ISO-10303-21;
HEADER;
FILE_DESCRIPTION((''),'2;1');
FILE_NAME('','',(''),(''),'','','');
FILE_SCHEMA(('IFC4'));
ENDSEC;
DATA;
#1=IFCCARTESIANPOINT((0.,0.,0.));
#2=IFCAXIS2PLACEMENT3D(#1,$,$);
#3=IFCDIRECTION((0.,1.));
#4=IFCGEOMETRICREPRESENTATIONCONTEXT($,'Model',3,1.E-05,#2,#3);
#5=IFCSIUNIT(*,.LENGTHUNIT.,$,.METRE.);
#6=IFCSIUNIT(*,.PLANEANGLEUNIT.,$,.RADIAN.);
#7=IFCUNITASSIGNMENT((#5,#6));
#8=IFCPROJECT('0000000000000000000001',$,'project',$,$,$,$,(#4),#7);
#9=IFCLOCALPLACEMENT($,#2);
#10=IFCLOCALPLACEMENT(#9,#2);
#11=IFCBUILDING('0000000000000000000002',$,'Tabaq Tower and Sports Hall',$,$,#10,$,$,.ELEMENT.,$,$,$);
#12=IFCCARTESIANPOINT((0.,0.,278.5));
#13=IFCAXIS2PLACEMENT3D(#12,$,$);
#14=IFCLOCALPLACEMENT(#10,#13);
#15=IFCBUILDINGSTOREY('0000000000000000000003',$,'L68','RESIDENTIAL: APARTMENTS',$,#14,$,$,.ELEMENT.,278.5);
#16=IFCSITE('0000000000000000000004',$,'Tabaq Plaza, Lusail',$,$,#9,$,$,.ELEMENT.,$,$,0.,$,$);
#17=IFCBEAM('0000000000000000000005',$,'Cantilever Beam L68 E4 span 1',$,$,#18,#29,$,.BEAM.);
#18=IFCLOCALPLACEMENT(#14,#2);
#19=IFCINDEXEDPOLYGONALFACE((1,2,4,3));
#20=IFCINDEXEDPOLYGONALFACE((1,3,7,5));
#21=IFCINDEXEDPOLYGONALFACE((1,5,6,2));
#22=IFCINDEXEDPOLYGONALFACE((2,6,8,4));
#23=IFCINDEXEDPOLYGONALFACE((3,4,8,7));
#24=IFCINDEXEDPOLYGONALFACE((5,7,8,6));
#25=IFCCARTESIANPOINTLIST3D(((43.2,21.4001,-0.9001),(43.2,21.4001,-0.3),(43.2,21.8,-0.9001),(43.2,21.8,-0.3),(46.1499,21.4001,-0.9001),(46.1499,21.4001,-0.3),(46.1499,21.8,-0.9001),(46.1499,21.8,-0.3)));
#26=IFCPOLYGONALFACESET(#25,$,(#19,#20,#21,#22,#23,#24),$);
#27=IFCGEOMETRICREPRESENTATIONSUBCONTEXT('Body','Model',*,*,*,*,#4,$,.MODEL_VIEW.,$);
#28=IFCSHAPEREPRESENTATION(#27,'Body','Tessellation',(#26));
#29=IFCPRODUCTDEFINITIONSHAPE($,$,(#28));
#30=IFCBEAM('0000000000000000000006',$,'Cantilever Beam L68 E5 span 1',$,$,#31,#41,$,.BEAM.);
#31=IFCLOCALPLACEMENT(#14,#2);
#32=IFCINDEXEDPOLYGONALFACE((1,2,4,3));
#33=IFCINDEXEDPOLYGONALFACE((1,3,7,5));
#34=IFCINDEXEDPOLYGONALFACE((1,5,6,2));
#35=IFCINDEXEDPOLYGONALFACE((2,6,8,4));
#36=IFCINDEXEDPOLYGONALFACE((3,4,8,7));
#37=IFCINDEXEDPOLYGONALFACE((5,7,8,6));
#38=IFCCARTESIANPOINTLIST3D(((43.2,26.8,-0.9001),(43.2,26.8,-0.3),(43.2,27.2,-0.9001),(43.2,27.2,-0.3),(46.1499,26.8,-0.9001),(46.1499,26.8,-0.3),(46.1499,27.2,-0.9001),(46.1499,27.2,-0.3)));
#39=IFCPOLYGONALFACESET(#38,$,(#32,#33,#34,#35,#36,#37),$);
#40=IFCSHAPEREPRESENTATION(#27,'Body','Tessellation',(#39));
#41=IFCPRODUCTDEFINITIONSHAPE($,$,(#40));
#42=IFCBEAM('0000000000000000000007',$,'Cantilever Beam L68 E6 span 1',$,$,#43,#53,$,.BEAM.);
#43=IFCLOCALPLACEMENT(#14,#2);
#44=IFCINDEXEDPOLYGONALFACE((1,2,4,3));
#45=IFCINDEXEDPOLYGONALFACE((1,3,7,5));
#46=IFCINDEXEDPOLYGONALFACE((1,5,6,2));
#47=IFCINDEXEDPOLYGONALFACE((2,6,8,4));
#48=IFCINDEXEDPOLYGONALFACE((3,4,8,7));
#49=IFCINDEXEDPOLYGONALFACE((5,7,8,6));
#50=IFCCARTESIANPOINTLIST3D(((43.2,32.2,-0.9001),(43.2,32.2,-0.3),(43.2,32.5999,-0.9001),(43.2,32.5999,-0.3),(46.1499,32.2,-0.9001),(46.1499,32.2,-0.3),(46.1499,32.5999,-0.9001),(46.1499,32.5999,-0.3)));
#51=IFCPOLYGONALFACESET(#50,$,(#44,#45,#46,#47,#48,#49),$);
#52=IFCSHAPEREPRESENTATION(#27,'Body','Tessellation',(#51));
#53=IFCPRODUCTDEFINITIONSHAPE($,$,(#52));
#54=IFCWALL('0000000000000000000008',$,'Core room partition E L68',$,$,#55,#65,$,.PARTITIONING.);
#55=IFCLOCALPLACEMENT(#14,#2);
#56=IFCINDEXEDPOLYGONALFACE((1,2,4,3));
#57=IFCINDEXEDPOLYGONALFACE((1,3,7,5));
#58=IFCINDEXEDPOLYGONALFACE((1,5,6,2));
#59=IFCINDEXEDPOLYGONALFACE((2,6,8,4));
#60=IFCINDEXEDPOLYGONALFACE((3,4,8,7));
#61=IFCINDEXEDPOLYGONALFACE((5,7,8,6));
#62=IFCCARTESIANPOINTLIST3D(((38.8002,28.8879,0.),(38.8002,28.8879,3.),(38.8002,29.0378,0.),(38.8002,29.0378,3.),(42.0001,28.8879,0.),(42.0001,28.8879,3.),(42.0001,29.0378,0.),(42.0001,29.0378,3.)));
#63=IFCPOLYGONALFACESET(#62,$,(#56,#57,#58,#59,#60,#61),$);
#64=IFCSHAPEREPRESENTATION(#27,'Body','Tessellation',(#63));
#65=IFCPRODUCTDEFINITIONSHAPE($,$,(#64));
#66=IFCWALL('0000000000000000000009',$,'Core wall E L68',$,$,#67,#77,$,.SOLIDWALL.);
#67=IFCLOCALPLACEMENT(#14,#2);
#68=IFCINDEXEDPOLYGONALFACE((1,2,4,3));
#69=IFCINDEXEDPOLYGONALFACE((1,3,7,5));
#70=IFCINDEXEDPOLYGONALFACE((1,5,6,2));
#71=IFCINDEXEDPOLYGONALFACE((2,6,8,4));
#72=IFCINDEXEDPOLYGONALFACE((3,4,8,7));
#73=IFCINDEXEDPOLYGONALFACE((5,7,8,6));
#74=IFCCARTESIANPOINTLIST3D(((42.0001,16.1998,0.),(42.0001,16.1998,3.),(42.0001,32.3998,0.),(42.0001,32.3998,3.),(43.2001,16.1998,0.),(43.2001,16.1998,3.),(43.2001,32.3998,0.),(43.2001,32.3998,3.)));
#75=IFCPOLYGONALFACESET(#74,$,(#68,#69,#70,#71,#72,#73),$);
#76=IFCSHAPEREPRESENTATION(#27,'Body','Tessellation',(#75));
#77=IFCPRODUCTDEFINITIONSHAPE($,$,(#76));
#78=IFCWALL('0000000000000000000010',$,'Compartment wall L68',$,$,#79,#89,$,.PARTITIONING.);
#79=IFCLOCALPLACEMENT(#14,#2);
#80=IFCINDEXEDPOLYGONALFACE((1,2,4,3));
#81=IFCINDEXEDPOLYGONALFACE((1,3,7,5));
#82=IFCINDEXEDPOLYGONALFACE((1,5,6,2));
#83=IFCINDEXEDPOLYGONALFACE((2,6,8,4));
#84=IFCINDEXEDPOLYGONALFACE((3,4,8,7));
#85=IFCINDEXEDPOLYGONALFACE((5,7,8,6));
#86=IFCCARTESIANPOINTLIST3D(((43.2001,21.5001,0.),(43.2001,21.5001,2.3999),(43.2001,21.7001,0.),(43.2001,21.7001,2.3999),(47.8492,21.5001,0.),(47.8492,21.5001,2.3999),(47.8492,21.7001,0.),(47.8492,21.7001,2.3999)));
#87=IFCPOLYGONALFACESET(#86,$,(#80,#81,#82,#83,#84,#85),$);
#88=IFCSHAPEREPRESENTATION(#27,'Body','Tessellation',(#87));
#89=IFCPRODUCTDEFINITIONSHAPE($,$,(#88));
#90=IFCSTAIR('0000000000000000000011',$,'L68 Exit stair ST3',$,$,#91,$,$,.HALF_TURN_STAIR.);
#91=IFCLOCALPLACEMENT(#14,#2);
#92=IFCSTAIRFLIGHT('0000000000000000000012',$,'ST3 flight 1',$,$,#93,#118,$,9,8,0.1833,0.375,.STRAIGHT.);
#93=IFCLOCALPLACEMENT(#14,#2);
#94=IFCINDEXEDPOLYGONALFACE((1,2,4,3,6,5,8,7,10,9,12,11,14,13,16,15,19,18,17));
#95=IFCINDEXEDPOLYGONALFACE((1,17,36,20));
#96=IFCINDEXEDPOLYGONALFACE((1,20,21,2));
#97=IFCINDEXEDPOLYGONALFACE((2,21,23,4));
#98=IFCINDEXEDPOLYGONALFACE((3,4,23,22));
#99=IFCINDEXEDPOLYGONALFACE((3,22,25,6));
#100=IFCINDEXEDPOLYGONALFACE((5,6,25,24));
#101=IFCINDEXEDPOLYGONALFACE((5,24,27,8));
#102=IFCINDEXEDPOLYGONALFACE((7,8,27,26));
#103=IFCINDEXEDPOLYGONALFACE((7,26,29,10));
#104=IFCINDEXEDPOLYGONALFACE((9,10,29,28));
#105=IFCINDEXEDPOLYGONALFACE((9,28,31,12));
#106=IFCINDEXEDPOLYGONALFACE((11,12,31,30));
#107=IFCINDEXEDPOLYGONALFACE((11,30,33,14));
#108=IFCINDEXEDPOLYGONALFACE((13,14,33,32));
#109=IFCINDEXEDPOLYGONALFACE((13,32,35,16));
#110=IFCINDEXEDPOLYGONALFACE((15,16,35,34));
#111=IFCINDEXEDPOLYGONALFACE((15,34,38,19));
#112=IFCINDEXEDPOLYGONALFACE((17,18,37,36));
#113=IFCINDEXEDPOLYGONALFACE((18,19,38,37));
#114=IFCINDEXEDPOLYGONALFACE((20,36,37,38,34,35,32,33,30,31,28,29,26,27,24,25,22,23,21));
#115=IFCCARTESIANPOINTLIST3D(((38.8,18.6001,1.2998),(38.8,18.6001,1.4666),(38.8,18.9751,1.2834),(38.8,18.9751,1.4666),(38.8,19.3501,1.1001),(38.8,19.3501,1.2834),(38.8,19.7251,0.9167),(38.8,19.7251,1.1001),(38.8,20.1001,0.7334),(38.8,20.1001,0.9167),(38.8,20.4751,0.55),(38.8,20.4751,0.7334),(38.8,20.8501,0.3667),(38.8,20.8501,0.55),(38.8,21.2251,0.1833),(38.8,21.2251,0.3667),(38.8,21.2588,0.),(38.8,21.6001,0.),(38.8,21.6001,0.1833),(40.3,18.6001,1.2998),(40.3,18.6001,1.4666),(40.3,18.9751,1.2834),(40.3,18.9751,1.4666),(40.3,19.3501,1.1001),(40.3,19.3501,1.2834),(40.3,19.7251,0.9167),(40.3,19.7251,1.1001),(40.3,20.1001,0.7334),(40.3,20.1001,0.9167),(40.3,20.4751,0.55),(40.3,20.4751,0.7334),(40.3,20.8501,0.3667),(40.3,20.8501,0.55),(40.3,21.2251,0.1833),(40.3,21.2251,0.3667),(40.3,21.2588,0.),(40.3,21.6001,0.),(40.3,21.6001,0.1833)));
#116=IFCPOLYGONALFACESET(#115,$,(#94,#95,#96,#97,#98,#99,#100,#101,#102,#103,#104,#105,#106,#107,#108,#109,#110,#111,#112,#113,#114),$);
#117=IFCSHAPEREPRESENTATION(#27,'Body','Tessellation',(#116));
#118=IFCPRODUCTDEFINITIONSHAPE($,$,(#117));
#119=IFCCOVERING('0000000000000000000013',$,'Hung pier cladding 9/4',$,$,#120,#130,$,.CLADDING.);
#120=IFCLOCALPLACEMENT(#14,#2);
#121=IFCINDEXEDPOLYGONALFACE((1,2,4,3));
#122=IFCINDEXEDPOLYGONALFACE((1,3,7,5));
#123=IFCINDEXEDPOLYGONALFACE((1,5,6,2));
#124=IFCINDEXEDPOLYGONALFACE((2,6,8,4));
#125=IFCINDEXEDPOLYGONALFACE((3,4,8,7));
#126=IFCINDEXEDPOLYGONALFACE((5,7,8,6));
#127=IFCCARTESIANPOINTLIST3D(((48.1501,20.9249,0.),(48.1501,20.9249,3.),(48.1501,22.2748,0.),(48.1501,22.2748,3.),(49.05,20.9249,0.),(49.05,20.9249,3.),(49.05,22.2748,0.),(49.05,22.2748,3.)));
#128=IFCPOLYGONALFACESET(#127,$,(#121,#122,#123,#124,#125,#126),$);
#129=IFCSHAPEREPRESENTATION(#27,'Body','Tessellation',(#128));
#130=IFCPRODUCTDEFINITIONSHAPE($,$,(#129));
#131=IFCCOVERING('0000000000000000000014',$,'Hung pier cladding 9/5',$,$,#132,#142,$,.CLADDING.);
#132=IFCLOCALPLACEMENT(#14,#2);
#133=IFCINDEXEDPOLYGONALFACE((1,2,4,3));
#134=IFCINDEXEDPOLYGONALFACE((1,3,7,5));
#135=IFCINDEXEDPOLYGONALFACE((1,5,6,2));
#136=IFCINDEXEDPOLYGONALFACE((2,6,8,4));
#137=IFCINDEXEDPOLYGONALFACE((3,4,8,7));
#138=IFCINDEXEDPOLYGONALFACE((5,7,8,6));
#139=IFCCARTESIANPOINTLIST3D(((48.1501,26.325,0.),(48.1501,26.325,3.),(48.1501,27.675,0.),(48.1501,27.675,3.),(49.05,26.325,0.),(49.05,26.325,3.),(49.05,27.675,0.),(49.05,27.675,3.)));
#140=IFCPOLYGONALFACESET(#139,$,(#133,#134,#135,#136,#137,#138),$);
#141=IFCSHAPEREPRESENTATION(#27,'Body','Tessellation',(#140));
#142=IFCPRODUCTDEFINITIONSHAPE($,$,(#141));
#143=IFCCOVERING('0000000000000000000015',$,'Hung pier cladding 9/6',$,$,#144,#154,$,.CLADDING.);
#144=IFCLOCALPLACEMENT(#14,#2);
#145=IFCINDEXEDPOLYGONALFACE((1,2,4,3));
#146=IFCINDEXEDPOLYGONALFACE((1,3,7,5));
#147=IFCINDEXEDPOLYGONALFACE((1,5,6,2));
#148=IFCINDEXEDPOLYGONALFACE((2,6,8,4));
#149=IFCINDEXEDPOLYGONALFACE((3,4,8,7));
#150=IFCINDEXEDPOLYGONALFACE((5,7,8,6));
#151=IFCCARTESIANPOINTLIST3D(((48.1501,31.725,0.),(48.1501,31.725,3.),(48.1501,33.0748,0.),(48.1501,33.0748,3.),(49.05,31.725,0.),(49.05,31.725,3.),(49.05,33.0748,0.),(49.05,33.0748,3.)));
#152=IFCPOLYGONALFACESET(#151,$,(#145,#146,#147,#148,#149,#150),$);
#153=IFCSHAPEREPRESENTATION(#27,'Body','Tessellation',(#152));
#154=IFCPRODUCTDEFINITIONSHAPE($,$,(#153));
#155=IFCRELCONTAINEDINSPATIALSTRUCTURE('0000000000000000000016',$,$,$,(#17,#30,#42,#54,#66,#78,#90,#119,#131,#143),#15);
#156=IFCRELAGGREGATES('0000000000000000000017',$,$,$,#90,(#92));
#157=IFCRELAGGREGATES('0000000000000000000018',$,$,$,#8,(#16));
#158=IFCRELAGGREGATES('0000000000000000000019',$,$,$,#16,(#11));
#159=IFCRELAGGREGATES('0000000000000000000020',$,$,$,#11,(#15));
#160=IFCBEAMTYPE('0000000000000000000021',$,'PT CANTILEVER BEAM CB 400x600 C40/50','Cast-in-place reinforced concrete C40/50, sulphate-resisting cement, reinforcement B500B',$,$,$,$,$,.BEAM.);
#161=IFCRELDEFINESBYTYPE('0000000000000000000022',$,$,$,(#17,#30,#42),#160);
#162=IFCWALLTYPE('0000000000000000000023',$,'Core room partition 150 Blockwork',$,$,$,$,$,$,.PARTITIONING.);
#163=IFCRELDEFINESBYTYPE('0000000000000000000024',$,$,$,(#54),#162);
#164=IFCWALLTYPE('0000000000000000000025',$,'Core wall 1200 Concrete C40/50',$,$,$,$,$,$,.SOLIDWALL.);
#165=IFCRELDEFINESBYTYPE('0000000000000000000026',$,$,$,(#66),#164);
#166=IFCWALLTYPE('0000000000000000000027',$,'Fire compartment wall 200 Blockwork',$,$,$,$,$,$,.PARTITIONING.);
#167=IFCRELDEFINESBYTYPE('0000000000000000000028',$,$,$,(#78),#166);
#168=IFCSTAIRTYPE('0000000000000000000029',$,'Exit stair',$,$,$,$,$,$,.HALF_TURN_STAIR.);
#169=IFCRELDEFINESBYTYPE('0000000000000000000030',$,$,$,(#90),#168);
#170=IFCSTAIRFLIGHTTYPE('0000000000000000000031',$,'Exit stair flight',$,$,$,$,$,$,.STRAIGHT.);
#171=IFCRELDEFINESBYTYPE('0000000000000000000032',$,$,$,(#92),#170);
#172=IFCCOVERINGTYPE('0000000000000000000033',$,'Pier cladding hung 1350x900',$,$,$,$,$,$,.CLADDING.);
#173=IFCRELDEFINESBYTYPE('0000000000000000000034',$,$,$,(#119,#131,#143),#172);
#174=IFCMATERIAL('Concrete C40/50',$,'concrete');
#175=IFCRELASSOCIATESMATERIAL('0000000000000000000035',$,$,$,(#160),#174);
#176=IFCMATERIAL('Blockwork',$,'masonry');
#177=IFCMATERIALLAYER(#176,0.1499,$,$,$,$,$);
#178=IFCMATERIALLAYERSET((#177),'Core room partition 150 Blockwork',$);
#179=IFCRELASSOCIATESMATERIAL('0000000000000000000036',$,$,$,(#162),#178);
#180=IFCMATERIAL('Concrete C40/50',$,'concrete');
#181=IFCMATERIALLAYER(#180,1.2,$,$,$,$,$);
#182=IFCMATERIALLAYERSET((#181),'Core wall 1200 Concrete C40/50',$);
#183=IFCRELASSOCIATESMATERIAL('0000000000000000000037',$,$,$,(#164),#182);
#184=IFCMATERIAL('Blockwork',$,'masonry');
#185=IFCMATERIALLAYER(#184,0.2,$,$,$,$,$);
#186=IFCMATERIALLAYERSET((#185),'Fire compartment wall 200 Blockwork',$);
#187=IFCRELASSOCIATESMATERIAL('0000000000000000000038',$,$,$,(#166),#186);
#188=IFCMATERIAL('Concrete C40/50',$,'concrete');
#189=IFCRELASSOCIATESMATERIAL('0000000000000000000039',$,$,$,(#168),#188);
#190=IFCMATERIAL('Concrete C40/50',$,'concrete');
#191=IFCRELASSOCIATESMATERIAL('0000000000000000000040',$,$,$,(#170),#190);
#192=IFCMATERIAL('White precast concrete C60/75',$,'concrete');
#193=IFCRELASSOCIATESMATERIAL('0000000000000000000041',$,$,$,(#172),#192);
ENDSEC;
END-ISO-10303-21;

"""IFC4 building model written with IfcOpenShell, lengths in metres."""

from ifc_helpers import new_model, si_unit, direction, frame, frame_2d, origin, origin_2d, place, context, subcontext, project, spatial, polyline, rectangle, outline, extrude, material, layer, layer_set, material_profile, profile_set, type_object, element, aggregate, save


model = new_model("IFC4")

# Units and contexts
model_context = context("Model", 3, precision=1e-05, world=origin(), true_north=direction((0.0, 1.0)))
body_context = subcontext(model_context, "Body", "Model", "MODEL_VIEW")
ifc_project = project(units=[si_unit("LENGTHUNIT", "METRE"), si_unit("PLANEANGLEUNIT", "RADIAN")], contexts=[model_context])

# Site, building, storey
site_placement = place(None, origin())
site = spatial("IfcSite", under=ifc_project, at=site_placement, Name="Tabaq Plaza, Lusail", CompositionType="ELEMENT", RefElevation=0.0)
building_placement = place(site_placement, origin())
building = spatial("IfcBuilding", under=site, at=building_placement, Name="Tabaq Tower and Sports Hall", CompositionType="ELEMENT")
storey_placement = place(building_placement, frame((0.0, 0.0, 278.5)))
storey = spatial("IfcBuildingStorey", under=building, at=storey_placement, Name="L68", Description="RESIDENTIAL: APARTMENTS", CompositionType="ELEMENT", Elevation=278.5)

# Beams
ifc_material_1 = material(Name="Concrete C40/50", Category="concrete")
ifc_material_profile = material_profile(ifc_material_1, rectangle(XDim=0.3999, YDim=0.6001, at=origin_2d()), Name="CB 400x600")
ifc_profile_set = profile_set([ifc_material_profile], Name="Concrete C40/50")
beam_type = type_object("IfcBeamType", Name="PT CANTILEVER BEAM CB 400x600 C40/50", Description="Cast-in-place reinforced concrete C40/50, sulphate-resisting cement, reinforcement B500B", PredefinedType="BEAM", material=ifc_profile_set)
for number, where, z_axis, x_axis, name in (
    (1, (46.1499, 21.6001, -0.6001), (-1.0, 0.0, 0.0), (0.0, -1.0, 0.0), "Cantilever Beam L68 E4 span 1"),
    (2, (46.1499, 27.0, -0.6001), (-1.0, 0.0, 0.0), (0.0, -1.0, 0.0), "Cantilever Beam L68 E5 span 1"),
    (3, (46.1499, 32.3999, -0.6001), (-1.0, 0.0, 0.0), (0.0, -1.0, 0.0), "Cantilever Beam L68 E6 span 1"),
):
    element("IfcBeam", number, at=place(storey_placement, frame(where, z_axis=z_axis, x_axis=x_axis)), inside=storey, type_object=beam_type, Name=name, PredefinedType="BEAM", context=body_context, shape_type="SweptSolid", body=[
        extrude(rectangle(XDim=0.3999, YDim=0.6001, at=origin_2d()), origin(), (0.0, 0.0, 1.0), 2.95),
    ])

# Walls
ifc_material_2 = material(Name="Blockwork", Category="masonry")
ifc_layer_1 = layer(ifc_material_2, 0.1499)
ifc_layer_set_1 = layer_set([ifc_layer_1], Name="Core room partition 150 Blockwork")
wall_type_1 = type_object("IfcWallType", Name="Core room partition 150 Blockwork", PredefinedType="PARTITIONING", material=ifc_layer_set_1)
wall_1_placement = place(storey_placement, frame((38.8, 28.9629, 0.0), z_axis=(0.0, 0.0, 1.0), x_axis=(1.0, 0.0, 0.0)))
element("IfcWall", 4, at=wall_1_placement, inside=storey, type_object=wall_type_1, Name="Core room partition E L68", PredefinedType="PARTITIONING", context=body_context, shape_type="SweptSolid", body=[
    extrude(rectangle(XDim=3.2, YDim=0.1499, at=frame_2d((1.6001, 0.0))), origin(), (0.0, 0.0, 1.0), 3.0),
])
ifc_material_3 = material(Name="Concrete C40/50", Category="concrete")
ifc_layer_2 = layer(ifc_material_3, 1.2)
ifc_layer_set_2 = layer_set([ifc_layer_2], Name="Core wall 1200 Concrete C40/50")
wall_type_2 = type_object("IfcWallType", Name="Core wall 1200 Concrete C40/50", PredefinedType="SOLIDWALL", material=ifc_layer_set_2)
wall_2_placement = place(storey_placement, frame((42.6001, 32.3999, 0.0), z_axis=(0.0, 0.0, 1.0), x_axis=(0.0, -1.0, 0.0)))
element("IfcWall", 5, at=wall_2_placement, inside=storey, type_object=wall_type_2, Name="Core wall E L68", PredefinedType="SOLIDWALL", context=body_context, shape_type="SweptSolid", body=[
    extrude(rectangle(XDim=16.2, YDim=1.2, at=frame_2d((8.1001, 0.0))), origin(), (0.0, 0.0, 1.0), 3.0),
])

# Shared definitions
ifc_material_4 = material(Name="Blockwork", Category="masonry")
ifc_layer_3 = layer(ifc_material_4, 0.2)
ifc_layer_set_3 = layer_set([ifc_layer_3], Name="Fire compartment wall 200 Blockwork")
wall_type_3 = type_object("IfcWallType", Name="Fire compartment wall 200 Blockwork", PredefinedType="PARTITIONING", material=ifc_layer_set_3)

# Wall
wall_3_placement = place(storey_placement, frame((43.2, 21.6001, 0.0), z_axis=(0.0, 0.0, 1.0), x_axis=(1.0, 0.0, 0.0)))
element("IfcWall", 6, at=wall_3_placement, inside=storey, type_object=wall_type_3, Name="Compartment wall L68", PredefinedType="PARTITIONING", context=body_context, shape_type="SweptSolid", body=[
    extrude(rectangle(XDim=4.6492, YDim=0.2, at=frame_2d((2.3247, 0.0))), origin(), (0.0, 0.0, 1.0), 2.3999),
])

# Stair, stair flight
ifc_material_5 = material(Name="Concrete C40/50", Category="concrete")
stair_type = type_object("IfcStairType", Name="Exit stair", PredefinedType="HALF_TURN_STAIR", material=ifc_material_5)
stair_placement = place(storey_placement, origin())
stair = element("IfcStair", 7, at=stair_placement, inside=storey, type_object=stair_type, Name="L68 Exit stair ST3", PredefinedType="HALF_TURN_STAIR")
ifc_material_6 = material(Name="Concrete C40/50", Category="concrete")
stair_flight_type = type_object("IfcStairFlightType", Name="Exit stair flight", PredefinedType="STRAIGHT", material=ifc_material_6)
stair_flight_placement = place(storey_placement, frame((39.55, 21.6001, 0.0), z_axis=(0.0, 0.0, 1.0), x_axis=(0.0, -1.0, 0.0)))
stair_flight = element("IfcStairFlight", 8, at=stair_flight_placement, type_object=stair_flight_type, Name="ST3 flight 1", NumberOfRisers=9, NumberOfTreads=8, PredefinedType="STRAIGHT", RiserHeight=0.1833, TreadLength=0.375, context=body_context, shape_type="SweptSolid", body=[
    extrude(outline(polyline([(0.0, 0.0), (0.0, 0.1833), (0.375, 0.1833), (0.375, 0.3667), (0.75, 0.3667), (0.75, 0.55), (1.125, 0.55), (1.125, 0.7334), (1.5, 0.7334), (1.5, 0.9167), (1.875, 0.9167), (1.875, 1.1001), (2.25, 1.1001), (2.25, 1.2834), (2.625, 1.2834), (2.625, 1.4666), (3.0, 1.4666), (3.0, 1.6499), (3.0, 1.2998), (0.3413, 0.0), (0.0, 0.0)])), frame((0.0, 0.75, 0.0), z_axis=(0.0, -1.0, 0.0), x_axis=(1.0, 0.0, 0.0)), (0.0, 0.0, 1.0), 1.5),
])
aggregate(stair, [stair_flight])

# Coverings
ifc_material_7 = material(Name="White precast concrete C60/75", Category="concrete")
covering_type_1 = type_object("IfcCoveringType", Name="Pier cladding hung 1350x900", PredefinedType="CLADDING", material=ifc_material_7)
covering_1_placement = place(storey_placement, frame((48.6001, 20.925, 0.0), z_axis=(0.0, 0.0, 1.0), x_axis=(0.0, 1.0, 0.0)))
element("IfcCovering", 9, at=covering_1_placement, inside=storey, type_object=covering_type_1, Name="Hung pier cladding 9/4", PredefinedType="CLADDING", context=body_context, shape_type="SweptSolid", body=[
    extrude(rectangle(XDim=1.3499, YDim=0.8999, at=frame_2d((0.6748, 0.0))), origin(), (0.0, 0.0, 1.0), 3.0),
])
covering_2_placement = place(storey_placement, frame((48.6001, 26.325, 0.0), z_axis=(0.0, 0.0, 1.0), x_axis=(0.0, 1.0, 0.0)))
element("IfcCovering", 10, at=covering_2_placement, inside=storey, type_object=covering_type_1, Name="Hung pier cladding 9/5", PredefinedType="CLADDING", context=body_context, shape_type="SweptSolid", body=[
    extrude(rectangle(XDim=1.3501, YDim=0.8999, at=frame_2d((0.675, 0.0))), origin(), (0.0, 0.0, 1.0), 3.0),
])
covering_3_placement = place(storey_placement, frame((48.6001, 31.7251, 0.0), z_axis=(0.0, 0.0, 1.0), x_axis=(0.0, 1.0, 0.0)))
element("IfcCovering", 11, at=covering_3_placement, inside=storey, type_object=covering_type_1, Name="Hung pier cladding 9/6", PredefinedType="CLADDING", context=body_context, shape_type="SweptSolid", body=[
    extrude(rectangle(XDim=1.3499, YDim=0.8999, at=frame_2d((0.6748, 0.0))), origin(), (0.0, 0.0, 1.0), 3.0),
])

save(model, "model.ifc")
